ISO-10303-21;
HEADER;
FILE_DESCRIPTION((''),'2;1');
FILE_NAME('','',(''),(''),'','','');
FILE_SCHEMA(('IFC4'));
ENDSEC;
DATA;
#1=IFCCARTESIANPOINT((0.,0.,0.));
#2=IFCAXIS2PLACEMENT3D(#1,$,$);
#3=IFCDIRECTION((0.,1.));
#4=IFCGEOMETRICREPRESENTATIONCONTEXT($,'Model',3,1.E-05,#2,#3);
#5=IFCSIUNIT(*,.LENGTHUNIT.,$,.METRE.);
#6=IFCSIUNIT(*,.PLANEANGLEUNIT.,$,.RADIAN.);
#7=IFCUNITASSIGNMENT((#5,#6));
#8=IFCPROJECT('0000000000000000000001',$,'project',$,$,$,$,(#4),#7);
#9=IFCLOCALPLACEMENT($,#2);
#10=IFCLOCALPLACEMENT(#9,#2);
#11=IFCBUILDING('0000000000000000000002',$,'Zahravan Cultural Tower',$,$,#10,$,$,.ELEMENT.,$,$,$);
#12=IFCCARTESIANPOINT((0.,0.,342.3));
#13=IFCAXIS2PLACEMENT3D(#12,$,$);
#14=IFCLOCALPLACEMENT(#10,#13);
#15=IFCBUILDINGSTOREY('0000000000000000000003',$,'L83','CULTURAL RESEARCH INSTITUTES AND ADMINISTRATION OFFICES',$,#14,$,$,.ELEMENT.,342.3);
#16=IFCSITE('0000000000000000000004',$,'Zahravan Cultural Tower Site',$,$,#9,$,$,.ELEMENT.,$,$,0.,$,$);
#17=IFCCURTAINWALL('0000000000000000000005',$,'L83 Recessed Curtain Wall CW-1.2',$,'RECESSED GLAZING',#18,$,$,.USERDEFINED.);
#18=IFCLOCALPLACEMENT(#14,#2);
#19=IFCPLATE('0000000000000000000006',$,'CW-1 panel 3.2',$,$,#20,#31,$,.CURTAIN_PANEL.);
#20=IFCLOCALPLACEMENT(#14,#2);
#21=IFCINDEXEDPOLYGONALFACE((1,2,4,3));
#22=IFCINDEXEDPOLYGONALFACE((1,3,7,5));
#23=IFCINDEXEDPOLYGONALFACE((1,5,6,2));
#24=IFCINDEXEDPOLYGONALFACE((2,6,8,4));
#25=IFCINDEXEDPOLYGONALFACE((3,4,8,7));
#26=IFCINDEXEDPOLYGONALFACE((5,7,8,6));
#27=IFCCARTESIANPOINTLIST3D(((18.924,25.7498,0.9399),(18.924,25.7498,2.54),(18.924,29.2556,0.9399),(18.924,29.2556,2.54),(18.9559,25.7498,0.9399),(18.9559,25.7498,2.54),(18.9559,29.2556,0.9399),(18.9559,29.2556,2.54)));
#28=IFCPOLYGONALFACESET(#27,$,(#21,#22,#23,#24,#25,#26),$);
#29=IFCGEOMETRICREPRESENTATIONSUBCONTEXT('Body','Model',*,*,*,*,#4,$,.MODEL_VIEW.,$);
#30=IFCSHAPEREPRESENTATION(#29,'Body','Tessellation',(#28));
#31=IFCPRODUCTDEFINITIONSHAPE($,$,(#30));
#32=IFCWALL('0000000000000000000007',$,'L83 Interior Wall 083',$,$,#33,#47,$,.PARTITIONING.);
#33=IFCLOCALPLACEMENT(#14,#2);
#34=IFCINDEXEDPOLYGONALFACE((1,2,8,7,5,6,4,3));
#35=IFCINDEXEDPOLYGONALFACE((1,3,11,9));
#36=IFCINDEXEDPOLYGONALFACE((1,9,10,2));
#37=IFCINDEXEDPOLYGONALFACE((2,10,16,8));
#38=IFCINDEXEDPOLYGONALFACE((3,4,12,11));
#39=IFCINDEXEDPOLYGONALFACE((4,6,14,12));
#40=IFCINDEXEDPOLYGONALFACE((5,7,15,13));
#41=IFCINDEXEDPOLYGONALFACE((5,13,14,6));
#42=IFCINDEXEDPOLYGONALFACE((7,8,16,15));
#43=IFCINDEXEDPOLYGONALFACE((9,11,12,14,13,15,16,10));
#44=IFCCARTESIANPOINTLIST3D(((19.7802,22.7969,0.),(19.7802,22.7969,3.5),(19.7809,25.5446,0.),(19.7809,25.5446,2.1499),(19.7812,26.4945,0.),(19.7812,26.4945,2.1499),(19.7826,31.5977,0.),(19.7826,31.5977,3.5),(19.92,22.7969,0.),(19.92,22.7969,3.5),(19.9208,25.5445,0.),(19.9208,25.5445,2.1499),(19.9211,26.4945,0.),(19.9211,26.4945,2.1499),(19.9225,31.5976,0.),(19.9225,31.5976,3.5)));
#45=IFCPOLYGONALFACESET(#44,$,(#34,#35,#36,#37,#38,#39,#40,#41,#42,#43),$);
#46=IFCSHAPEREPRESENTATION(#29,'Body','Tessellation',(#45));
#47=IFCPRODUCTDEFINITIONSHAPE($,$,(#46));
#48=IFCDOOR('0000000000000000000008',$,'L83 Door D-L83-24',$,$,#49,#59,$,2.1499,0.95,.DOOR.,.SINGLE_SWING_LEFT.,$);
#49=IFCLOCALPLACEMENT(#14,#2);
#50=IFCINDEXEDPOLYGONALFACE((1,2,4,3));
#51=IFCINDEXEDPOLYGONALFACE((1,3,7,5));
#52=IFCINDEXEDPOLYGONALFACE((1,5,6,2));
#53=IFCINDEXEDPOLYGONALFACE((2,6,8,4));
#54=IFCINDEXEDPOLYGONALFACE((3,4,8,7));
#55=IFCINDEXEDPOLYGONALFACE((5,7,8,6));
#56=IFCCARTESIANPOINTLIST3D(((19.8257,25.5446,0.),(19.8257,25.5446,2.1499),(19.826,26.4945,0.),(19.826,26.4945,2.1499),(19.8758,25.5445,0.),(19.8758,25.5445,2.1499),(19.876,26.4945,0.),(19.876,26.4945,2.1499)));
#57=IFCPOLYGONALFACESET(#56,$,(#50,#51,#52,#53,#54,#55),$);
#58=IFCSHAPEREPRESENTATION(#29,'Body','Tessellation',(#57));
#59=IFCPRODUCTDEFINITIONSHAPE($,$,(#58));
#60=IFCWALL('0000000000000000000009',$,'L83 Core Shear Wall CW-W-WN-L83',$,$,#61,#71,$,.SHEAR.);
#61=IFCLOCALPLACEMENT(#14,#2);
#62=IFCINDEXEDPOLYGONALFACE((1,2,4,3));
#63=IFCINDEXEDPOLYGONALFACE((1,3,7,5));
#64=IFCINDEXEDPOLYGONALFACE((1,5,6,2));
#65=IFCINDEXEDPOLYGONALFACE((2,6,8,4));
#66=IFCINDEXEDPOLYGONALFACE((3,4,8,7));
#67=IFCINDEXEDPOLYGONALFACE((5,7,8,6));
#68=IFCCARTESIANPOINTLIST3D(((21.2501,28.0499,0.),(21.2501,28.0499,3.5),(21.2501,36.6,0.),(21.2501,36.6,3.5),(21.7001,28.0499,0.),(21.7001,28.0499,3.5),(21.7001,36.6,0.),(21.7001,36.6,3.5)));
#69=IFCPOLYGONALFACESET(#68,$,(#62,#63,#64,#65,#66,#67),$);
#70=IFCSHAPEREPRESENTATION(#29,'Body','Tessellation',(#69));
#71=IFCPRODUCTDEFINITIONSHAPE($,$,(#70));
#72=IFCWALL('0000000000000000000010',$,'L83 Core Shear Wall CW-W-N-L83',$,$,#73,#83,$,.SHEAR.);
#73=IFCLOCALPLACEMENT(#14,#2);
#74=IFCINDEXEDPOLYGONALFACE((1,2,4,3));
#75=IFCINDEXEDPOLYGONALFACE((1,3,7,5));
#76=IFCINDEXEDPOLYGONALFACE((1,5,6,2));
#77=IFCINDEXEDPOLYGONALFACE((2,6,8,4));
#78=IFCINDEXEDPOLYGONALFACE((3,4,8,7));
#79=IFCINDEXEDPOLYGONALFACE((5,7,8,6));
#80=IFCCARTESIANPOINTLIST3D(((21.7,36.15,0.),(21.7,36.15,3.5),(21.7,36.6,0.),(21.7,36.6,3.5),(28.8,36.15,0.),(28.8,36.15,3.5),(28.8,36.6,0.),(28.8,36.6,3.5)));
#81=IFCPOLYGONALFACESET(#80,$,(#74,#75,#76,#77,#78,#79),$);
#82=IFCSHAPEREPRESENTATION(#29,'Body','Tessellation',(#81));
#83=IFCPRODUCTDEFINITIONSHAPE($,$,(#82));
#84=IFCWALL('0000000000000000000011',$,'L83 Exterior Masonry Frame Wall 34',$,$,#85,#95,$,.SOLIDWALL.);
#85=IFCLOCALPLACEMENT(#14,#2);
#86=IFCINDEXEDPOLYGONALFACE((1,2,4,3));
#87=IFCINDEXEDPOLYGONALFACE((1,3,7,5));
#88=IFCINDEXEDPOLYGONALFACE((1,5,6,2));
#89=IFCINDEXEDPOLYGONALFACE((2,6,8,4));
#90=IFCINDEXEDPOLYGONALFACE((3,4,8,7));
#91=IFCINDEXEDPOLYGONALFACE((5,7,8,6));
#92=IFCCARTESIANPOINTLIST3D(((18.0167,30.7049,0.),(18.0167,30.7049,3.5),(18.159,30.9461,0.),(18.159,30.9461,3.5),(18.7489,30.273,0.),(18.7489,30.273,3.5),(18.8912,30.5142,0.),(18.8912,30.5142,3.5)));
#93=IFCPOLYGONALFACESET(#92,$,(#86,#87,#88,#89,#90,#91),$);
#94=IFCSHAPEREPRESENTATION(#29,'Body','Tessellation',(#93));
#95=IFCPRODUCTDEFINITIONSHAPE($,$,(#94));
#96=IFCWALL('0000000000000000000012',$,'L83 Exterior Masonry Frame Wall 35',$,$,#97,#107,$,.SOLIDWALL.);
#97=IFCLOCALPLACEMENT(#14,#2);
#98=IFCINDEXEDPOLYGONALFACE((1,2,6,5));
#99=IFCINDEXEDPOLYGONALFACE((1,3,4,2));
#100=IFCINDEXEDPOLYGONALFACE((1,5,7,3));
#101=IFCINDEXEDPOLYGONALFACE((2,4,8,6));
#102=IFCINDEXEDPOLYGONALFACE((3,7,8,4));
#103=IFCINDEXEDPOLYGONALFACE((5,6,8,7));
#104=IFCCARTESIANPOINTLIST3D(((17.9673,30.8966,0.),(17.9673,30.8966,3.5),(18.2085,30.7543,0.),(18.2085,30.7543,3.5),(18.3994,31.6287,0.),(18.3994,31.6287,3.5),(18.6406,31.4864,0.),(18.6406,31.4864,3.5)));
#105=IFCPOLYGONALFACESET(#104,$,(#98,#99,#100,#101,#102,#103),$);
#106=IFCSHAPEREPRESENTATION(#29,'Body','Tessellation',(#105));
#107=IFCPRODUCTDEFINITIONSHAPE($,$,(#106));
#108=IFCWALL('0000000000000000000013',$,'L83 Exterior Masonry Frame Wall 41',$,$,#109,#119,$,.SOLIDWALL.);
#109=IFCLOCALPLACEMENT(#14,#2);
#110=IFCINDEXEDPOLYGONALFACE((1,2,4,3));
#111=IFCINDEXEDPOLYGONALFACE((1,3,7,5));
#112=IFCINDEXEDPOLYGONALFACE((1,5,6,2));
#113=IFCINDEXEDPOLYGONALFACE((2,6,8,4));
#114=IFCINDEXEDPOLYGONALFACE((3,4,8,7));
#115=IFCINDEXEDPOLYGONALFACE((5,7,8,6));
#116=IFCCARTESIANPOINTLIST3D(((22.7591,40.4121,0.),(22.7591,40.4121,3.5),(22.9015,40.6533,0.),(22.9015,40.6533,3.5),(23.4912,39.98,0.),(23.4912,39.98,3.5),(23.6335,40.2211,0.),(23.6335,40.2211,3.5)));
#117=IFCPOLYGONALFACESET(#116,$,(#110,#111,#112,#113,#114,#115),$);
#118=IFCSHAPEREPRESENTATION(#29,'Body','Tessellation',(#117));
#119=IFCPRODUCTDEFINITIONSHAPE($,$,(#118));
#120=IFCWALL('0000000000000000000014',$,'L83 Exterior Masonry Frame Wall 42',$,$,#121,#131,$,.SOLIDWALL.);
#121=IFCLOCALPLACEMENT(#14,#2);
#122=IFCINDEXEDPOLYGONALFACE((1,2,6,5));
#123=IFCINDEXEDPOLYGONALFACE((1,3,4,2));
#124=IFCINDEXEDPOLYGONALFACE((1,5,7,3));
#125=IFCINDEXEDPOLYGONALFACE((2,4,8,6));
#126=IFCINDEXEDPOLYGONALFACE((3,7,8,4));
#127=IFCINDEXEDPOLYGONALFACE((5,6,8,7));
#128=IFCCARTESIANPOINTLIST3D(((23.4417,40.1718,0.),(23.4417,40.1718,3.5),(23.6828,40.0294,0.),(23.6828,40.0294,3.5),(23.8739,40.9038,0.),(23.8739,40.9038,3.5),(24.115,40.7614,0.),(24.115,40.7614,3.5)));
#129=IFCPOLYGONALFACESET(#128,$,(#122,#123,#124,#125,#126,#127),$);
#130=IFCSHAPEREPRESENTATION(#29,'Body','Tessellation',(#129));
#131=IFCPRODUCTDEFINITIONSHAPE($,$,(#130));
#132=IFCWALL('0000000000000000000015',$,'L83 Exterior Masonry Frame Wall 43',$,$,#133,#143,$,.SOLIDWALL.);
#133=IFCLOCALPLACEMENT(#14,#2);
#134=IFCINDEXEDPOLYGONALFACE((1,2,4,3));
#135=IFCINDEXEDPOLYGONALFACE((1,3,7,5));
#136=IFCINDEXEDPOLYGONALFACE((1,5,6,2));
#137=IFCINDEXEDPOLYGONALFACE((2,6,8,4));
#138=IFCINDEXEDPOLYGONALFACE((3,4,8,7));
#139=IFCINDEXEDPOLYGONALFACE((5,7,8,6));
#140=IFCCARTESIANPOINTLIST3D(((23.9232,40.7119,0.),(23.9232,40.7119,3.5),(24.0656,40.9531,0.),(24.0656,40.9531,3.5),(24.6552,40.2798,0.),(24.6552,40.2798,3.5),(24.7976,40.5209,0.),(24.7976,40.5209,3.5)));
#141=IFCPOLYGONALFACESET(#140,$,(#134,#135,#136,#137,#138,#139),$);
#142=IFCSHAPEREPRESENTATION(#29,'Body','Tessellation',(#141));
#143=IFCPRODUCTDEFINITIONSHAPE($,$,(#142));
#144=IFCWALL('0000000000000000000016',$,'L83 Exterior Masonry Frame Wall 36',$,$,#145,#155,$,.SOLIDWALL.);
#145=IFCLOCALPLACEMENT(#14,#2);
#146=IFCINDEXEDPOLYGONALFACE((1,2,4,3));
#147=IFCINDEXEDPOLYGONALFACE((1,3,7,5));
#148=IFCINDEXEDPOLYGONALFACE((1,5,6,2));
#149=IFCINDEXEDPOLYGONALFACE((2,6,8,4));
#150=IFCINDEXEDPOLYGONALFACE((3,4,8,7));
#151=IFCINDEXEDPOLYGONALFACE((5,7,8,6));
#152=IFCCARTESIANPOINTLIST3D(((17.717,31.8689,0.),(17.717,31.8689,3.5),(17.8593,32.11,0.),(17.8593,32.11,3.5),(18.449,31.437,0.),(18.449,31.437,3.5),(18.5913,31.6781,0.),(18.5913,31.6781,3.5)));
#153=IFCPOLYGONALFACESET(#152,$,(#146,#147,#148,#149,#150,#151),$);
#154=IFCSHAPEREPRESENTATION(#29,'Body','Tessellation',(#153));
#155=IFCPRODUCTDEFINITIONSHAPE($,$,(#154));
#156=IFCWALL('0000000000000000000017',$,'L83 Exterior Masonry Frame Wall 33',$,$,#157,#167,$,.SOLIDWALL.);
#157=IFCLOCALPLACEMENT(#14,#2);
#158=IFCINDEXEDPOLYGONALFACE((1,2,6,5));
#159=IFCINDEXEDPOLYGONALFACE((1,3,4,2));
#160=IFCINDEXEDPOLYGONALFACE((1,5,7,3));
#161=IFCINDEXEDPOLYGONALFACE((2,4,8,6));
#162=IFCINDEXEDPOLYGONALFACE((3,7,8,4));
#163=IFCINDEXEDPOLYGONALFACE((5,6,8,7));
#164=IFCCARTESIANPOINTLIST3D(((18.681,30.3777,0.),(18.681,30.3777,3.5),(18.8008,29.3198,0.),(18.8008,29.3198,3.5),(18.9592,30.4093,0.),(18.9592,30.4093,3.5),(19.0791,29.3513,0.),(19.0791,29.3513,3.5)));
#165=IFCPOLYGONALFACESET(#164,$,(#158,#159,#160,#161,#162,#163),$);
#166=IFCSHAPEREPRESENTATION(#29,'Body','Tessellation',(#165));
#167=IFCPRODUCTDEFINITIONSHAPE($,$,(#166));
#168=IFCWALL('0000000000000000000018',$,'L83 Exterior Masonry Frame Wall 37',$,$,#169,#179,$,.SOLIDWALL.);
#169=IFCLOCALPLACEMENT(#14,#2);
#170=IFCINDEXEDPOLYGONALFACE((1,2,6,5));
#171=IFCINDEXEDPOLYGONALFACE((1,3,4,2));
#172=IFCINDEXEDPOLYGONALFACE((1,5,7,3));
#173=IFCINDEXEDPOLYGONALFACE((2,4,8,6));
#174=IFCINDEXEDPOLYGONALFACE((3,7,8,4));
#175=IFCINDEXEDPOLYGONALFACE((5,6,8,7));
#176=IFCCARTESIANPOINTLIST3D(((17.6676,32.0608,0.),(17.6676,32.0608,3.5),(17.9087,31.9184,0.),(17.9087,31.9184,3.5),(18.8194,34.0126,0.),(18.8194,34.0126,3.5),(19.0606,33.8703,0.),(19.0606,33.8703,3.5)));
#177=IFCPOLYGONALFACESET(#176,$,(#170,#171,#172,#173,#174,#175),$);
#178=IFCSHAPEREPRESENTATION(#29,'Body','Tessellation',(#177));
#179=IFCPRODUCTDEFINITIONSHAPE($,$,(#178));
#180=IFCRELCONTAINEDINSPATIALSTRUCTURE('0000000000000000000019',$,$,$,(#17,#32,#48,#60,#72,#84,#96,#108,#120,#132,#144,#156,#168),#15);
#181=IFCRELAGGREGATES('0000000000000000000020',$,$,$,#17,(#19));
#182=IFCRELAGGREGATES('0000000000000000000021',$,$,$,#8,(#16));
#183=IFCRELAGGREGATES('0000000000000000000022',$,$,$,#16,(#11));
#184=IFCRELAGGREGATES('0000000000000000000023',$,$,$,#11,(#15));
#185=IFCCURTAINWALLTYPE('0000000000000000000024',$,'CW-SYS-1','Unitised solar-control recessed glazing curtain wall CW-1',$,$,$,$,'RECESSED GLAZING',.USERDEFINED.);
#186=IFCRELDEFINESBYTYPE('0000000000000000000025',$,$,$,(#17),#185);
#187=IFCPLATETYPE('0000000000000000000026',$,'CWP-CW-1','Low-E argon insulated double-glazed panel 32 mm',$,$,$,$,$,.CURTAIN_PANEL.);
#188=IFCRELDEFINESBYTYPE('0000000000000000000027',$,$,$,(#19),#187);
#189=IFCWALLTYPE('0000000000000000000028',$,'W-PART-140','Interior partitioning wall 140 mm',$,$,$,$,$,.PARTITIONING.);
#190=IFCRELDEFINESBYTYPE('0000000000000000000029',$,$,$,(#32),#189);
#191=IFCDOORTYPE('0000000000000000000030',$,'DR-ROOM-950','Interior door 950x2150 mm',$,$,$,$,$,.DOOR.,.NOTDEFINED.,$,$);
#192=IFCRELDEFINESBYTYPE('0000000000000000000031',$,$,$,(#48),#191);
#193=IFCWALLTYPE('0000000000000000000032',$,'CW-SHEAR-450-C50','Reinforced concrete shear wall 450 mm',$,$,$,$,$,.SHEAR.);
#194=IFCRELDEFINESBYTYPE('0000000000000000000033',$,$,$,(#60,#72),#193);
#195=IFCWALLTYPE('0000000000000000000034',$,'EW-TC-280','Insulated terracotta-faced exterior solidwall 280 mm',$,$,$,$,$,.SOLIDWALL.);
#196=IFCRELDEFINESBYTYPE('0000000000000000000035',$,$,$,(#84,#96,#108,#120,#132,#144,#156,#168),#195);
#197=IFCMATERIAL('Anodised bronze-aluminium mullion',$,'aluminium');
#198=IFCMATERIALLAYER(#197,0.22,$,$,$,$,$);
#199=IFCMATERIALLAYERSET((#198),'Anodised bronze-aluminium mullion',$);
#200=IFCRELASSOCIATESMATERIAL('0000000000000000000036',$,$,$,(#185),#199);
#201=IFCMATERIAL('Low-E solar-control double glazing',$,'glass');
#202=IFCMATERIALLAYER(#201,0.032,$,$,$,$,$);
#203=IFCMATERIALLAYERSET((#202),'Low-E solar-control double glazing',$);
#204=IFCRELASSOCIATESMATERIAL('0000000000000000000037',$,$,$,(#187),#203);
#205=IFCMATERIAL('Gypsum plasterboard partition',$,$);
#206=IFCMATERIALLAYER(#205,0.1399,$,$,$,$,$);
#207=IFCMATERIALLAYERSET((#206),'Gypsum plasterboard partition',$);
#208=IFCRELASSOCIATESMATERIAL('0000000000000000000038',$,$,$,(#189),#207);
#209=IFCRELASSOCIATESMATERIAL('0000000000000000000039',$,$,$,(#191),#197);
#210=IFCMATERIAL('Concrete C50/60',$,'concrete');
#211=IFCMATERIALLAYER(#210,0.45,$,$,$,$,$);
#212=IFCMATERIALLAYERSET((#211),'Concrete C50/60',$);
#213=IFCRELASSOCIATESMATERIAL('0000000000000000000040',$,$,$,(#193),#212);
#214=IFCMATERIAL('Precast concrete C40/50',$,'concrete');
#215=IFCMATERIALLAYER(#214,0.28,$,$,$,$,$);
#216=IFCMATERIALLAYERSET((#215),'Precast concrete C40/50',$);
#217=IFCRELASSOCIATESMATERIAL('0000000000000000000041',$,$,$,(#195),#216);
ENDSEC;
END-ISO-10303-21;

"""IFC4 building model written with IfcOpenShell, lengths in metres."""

from ifc_helpers import new_model, si_unit, direction, frame, frame_2d, origin, origin_2d, place, context, subcontext, project, spatial, rectangle, extrude, source, transform, mapped, material, layer, layer_set, type_object, element, fill, aggregate, save


model = new_model("IFC4")

# Units and contexts
model_context = context("Model", 3, precision=1e-05, world=origin(), true_north=direction((0.0, 1.0)))
body_context = subcontext(model_context, "Body", "Model", "MODEL_VIEW")
ifc_project = project(units=[si_unit("LENGTHUNIT", "METRE"), si_unit("PLANEANGLEUNIT", "RADIAN")], contexts=[model_context])

# Site, building, storey
site_placement = place(None, origin())
site = spatial("IfcSite", under=ifc_project, at=site_placement, Name="Zahravan Cultural Tower Site", CompositionType="ELEMENT", RefElevation=0.0)
building_placement = place(site_placement, origin())
building = spatial("IfcBuilding", under=site, at=building_placement, Name="Zahravan Cultural Tower", CompositionType="ELEMENT")
storey_placement = place(building_placement, frame((0.0, 0.0, 342.3)))
storey = spatial("IfcBuildingStorey", under=building, at=storey_placement, Name="L83", Description="CULTURAL RESEARCH INSTITUTES AND ADMINISTRATION OFFICES", CompositionType="ELEMENT", Elevation=342.3)

# Shared definitions
ifc_material_1 = material(Name="Concrete C50/60", Category="concrete")

# Curtain wall, plate
ifc_material_2 = material(Name="Anodised bronze-aluminium mullion", Category="aluminium")
ifc_layer_1 = layer(ifc_material_2, 0.22)
ifc_layer_set_1 = layer_set([ifc_layer_1], Name="Anodised bronze-aluminium mullion")
curtain_wall_type = type_object("IfcCurtainWallType", Name="CW-SYS-1", Description="Unitised solar-control recessed glazing curtain wall CW-1", ElementType="RECESSED GLAZING", PredefinedType="USERDEFINED", material=ifc_layer_set_1)
curtain_wall_placement = place(storey_placement, origin())
curtain_wall = element("IfcCurtainWall", 1, at=curtain_wall_placement, inside=storey, type_object=curtain_wall_type, Name="L83 Recessed Curtain Wall CW-1.2", ObjectType="RECESSED GLAZING", PredefinedType="USERDEFINED")
ifc_material_3 = material(Name="Low-E solar-control double glazing", Category="glass")
ifc_layer_2 = layer(ifc_material_3, 0.032)
ifc_layer_set_2 = layer_set([ifc_layer_2], Name="Low-E solar-control double glazing")
plate_type = type_object("IfcPlateType", Name="CWP-CW-1", Description="Low-E argon insulated double-glazed panel 32 mm", PredefinedType="CURTAIN_PANEL", material=ifc_layer_set_2)
shared_shape_1 = source(origin(), body_context, "Body", "SweptSolid", [
    extrude(rectangle(XDim=3.5059, YDim=0.032, at=origin_2d()), origin(), (0.0, 0.0, 1.0), 1.6001),
])
plate_1_placement = place(storey_placement, frame((18.9399, 27.5027, 0.9399), z_axis=(0.0, 0.0, 1.0), x_axis=(0.0, 1.0, 0.0)))
plate_1 = element("IfcPlate", 2, at=plate_1_placement, type_object=plate_type, Name="CW-1 panel 3.2", PredefinedType="CURTAIN_PANEL", context=body_context, shape_type="MappedRepresentation", body=[
    mapped(shared_shape_1, transform((0.0, 0.0, 0.0), x_axis=(1.0, 0.0, 0.0), y_axis=(0.0, 1.0, 0.0), z_axis=(0.0, 0.0, 1.0), scale=1.0)),
])
aggregate(curtain_wall, [plate_1])

# Wall, opening, door
ifc_material_4 = material(Name="Gypsum plasterboard partition")
ifc_layer_3 = layer(ifc_material_4, 0.1399)
ifc_layer_set_3 = layer_set([ifc_layer_3], Name="Gypsum plasterboard partition")
wall_type_1 = type_object("IfcWallType", Name="W-PART-140", Description="Interior partitioning wall 140 mm", PredefinedType="PARTITIONING", material=ifc_layer_set_3)
wall_1_placement = place(storey_placement, frame((19.8525, 31.5977, 0.0), z_axis=(0.0, 0.0, 1.0), x_axis=(-0.000277, -1.0, 0.0)))
wall_1 = element("IfcWall", 3, at=wall_1_placement, inside=storey, type_object=wall_type_1, Name="L83 Interior Wall 083", PredefinedType="PARTITIONING", context=body_context, shape_type="SweptSolid", body=[
    extrude(rectangle(XDim=8.8008, YDim=0.1399, at=frame_2d((4.4004, 0.0))), origin(), (0.0, 0.0, 1.0), 3.5),
])
opening_placement = place(wall_1_placement, frame((5.103, 0.0, 0.0)))
opening = element("IfcOpeningElement", 4, at=opening_placement, cuts=wall_1, PredefinedType="OPENING", context=body_context, shape_type="SweptSolid", body=[
    extrude(rectangle(XDim=0.95, YDim=2.1499, at=frame_2d((0.4751, 1.075))), frame((0.0, 0.0798, 0.0), z_axis=(0.0, -1.0, 0.0), x_axis=(1.0, 0.0, 0.0)), (0.0, 0.0, 1.0), 0.1599),
])
door_type = type_object("IfcDoorType", Name="DR-ROOM-950", Description="Interior door 950x2150 mm", OperationType="NOTDEFINED", PredefinedType="DOOR", material=ifc_material_2)
shared_shape_2 = source(origin(), body_context, "Body", "SweptSolid", [
    extrude(rectangle(XDim=0.95, YDim=2.1499, at=frame_2d((0.4751, 1.075))), frame((0.0, 0.0249, 0.0), z_axis=(0.0, -1.0, 0.0), x_axis=(1.0, 0.0, 0.0)), (0.0, 0.0, 1.0), 0.05),
])
door_placement = place(opening_placement, origin())
door = element("IfcDoor", 5, at=door_placement, inside=storey, type_object=door_type, Name="L83 Door D-L83-24", OperationType="SINGLE_SWING_LEFT", OverallHeight=2.1499, OverallWidth=0.95, PredefinedType="DOOR", context=body_context, shape_type="MappedRepresentation", body=[
    mapped(shared_shape_2, transform((0.0, 0.0, 0.0), x_axis=(1.0, 0.0, 0.0), y_axis=(0.0, 1.0, 0.0), z_axis=(0.0, 0.0, 1.0), scale=1.0)),
])
fill(opening, door)

# Walls
ifc_layer_4 = layer(ifc_material_1, 0.45)
ifc_layer_set_4 = layer_set([ifc_layer_4], Name="Concrete C50/60")
wall_type_2 = type_object("IfcWallType", Name="CW-SHEAR-450-C50", Description="Reinforced concrete shear wall 450 mm", PredefinedType="SHEAR", material=ifc_layer_set_4)
shared_shape_3 = source(origin(), body_context, "Body", "SweptSolid", [
    extrude(rectangle(XDim=8.55, YDim=0.45, at=frame_2d((4.2749, 0.0))), origin(), (0.0, 0.0, 1.0), 3.5),
])
wall_2_placement = place(storey_placement, frame((21.4751, 28.05, 0.0), z_axis=(0.0, 0.0, 1.0), x_axis=(0.0, 1.0, 0.0)))
element("IfcWall", 6, at=wall_2_placement, inside=storey, type_object=wall_type_2, Name="L83 Core Shear Wall CW-W-WN-L83", PredefinedType="SHEAR", context=body_context, shape_type="MappedRepresentation", body=[
    mapped(shared_shape_3, transform((0.0, 0.0, 0.0), x_axis=(1.0, 0.0, 0.0), y_axis=(0.0, 1.0, 0.0), z_axis=(0.0, 0.0, 1.0), scale=1.0)),
])
shared_shape_4 = source(origin(), body_context, "Body", "SweptSolid", [
    extrude(rectangle(XDim=7.1001, YDim=0.45, at=frame_2d((3.55, 0.0))), origin(), (0.0, 0.0, 1.0), 3.5),
])
wall_3_placement = place(storey_placement, frame((21.7, 36.375, 0.0), z_axis=(0.0, 0.0, 1.0), x_axis=(1.0, 0.0, 0.0)))
element("IfcWall", 7, at=wall_3_placement, inside=storey, type_object=wall_type_2, Name="L83 Core Shear Wall CW-W-N-L83", PredefinedType="SHEAR", context=body_context, shape_type="MappedRepresentation", body=[
    mapped(shared_shape_4, transform((0.0, 0.0, 0.0), x_axis=(1.0, 0.0, 0.0), y_axis=(0.0, 1.0, 0.0), z_axis=(0.0, 0.0, 1.0), scale=1.0)),
])
ifc_material_5 = material(Name="Precast concrete C40/50", Category="concrete")
ifc_layer_5 = layer(ifc_material_5, 0.28)
ifc_layer_set_5 = layer_set([ifc_layer_5], Name="Precast concrete C40/50")
wall_type_3 = type_object("IfcWallType", Name="EW-TC-280", Description="Insulated terracotta-faced exterior solidwall 280 mm", PredefinedType="SOLIDWALL", material=ifc_layer_set_5)
shared_shape_5 = source(origin(), body_context, "Body", "SweptSolid", [
    extrude(rectangle(XDim=0.8501, YDim=0.28, at=frame_2d((0.425, 0.0))), origin(), (0.0, 0.0, 1.0), 3.5),
])
for number, where, z_axis, x_axis, name in (
    (8, (18.8201, 30.3936, 0.0), (0.0, 0.0, 1.0), (-0.861321, 0.508062, 0.0), "L83 Exterior Masonry Frame Wall 34"),
    (9, (18.0879, 30.8254, 0.0), (0.0, 0.0, 1.0), (0.508275, 0.861195, 0.0), "L83 Exterior Masonry Frame Wall 35"),
    (10, (22.8303, 40.5327, 0.0), (0.0, 0.0, 1.0), (0.861121, -0.5084, 0.0), "L83 Exterior Masonry Frame Wall 41"),
    (11, (23.5623, 40.1006, 0.0), (0.0, 0.0, 1.0), (0.5084, 0.861121, 0.0), "L83 Exterior Masonry Frame Wall 42"),
    (12, (23.9944, 40.8325, 0.0), (0.0, 0.0, 1.0), (0.861121, -0.5084, 0.0), "L83 Exterior Masonry Frame Wall 43"),
):
    element("IfcWall", number, at=place(storey_placement, frame(where, z_axis=z_axis, x_axis=x_axis)), inside=storey, type_object=wall_type_3, Name=name, PredefinedType="SOLIDWALL", context=body_context, shape_type="MappedRepresentation", body=[
        mapped(shared_shape_5, transform((0.0, 0.0, 0.0), x_axis=(1.0, 0.0, 0.0), y_axis=(0.0, 1.0, 0.0), z_axis=(0.0, 0.0, 1.0), scale=1.0)),
    ])
shared_shape_6 = source(origin(), body_context, "Body", "SweptSolid", [
    extrude(rectangle(XDim=0.8499, YDim=0.28, at=frame_2d((0.4248, 0.0))), origin(), (0.0, 0.0, 1.0), 3.5),
])
wall_4_placement = place(storey_placement, frame((18.52, 31.5576, 0.0), z_axis=(0.0, 0.0, 1.0), x_axis=(-0.861247, 0.508187, 0.0)))
element("IfcWall", 13, at=wall_4_placement, inside=storey, type_object=wall_type_3, Name="L83 Exterior Masonry Frame Wall 36", PredefinedType="SOLIDWALL", context=body_context, shape_type="MappedRepresentation", body=[
    mapped(shared_shape_6, transform((0.0, 0.0, 0.0), x_axis=(1.0, 0.0, 0.0), y_axis=(0.0, 1.0, 0.0), z_axis=(0.0, 0.0, 1.0), scale=1.0)),
])
shared_shape_7 = source(origin(), body_context, "Body", "SweptSolid", [
    extrude(rectangle(XDim=1.0647, YDim=0.28, at=frame_2d((0.5322, 0.0))), origin(), (0.0, 0.0, 1.0), 3.5),
])
wall_5_placement = place(storey_placement, frame((18.9399, 29.3357, 0.0), z_axis=(0.0, 0.0, 1.0), x_axis=(-0.112596, 0.993641, 0.0)))
element("IfcWall", 14, at=wall_5_placement, inside=storey, type_object=wall_type_3, Name="L83 Exterior Masonry Frame Wall 33", PredefinedType="SOLIDWALL", context=body_context, shape_type="MappedRepresentation", body=[
    mapped(shared_shape_7, transform((0.0, 0.0, 0.0), x_axis=(1.0, 0.0, 0.0), y_axis=(0.0, 1.0, 0.0), z_axis=(0.0, 0.0, 1.0), scale=1.0)),
])
shared_shape_8 = source(origin(), body_context, "Body", "SweptSolid", [
    extrude(rectangle(XDim=2.2664, YDim=0.28, at=frame_2d((1.1333, 0.0))), origin(), (0.0, 0.0, 1.0), 3.5),
])
wall_6_placement = place(storey_placement, frame((17.7881, 31.9895, 0.0), z_axis=(0.0, 0.0, 1.0), x_axis=(0.508225, 0.861224, 0.0)))
element("IfcWall", 15, at=wall_6_placement, inside=storey, type_object=wall_type_3, Name="L83 Exterior Masonry Frame Wall 37", PredefinedType="SOLIDWALL", context=body_context, shape_type="MappedRepresentation", body=[
    mapped(shared_shape_8, transform((0.0, 0.0, 0.0), x_axis=(1.0, 0.0, 0.0), y_axis=(0.0, 1.0, 0.0), z_axis=(0.0, 0.0, 1.0), scale=1.0)),
])

save(model, "model.ifc")
